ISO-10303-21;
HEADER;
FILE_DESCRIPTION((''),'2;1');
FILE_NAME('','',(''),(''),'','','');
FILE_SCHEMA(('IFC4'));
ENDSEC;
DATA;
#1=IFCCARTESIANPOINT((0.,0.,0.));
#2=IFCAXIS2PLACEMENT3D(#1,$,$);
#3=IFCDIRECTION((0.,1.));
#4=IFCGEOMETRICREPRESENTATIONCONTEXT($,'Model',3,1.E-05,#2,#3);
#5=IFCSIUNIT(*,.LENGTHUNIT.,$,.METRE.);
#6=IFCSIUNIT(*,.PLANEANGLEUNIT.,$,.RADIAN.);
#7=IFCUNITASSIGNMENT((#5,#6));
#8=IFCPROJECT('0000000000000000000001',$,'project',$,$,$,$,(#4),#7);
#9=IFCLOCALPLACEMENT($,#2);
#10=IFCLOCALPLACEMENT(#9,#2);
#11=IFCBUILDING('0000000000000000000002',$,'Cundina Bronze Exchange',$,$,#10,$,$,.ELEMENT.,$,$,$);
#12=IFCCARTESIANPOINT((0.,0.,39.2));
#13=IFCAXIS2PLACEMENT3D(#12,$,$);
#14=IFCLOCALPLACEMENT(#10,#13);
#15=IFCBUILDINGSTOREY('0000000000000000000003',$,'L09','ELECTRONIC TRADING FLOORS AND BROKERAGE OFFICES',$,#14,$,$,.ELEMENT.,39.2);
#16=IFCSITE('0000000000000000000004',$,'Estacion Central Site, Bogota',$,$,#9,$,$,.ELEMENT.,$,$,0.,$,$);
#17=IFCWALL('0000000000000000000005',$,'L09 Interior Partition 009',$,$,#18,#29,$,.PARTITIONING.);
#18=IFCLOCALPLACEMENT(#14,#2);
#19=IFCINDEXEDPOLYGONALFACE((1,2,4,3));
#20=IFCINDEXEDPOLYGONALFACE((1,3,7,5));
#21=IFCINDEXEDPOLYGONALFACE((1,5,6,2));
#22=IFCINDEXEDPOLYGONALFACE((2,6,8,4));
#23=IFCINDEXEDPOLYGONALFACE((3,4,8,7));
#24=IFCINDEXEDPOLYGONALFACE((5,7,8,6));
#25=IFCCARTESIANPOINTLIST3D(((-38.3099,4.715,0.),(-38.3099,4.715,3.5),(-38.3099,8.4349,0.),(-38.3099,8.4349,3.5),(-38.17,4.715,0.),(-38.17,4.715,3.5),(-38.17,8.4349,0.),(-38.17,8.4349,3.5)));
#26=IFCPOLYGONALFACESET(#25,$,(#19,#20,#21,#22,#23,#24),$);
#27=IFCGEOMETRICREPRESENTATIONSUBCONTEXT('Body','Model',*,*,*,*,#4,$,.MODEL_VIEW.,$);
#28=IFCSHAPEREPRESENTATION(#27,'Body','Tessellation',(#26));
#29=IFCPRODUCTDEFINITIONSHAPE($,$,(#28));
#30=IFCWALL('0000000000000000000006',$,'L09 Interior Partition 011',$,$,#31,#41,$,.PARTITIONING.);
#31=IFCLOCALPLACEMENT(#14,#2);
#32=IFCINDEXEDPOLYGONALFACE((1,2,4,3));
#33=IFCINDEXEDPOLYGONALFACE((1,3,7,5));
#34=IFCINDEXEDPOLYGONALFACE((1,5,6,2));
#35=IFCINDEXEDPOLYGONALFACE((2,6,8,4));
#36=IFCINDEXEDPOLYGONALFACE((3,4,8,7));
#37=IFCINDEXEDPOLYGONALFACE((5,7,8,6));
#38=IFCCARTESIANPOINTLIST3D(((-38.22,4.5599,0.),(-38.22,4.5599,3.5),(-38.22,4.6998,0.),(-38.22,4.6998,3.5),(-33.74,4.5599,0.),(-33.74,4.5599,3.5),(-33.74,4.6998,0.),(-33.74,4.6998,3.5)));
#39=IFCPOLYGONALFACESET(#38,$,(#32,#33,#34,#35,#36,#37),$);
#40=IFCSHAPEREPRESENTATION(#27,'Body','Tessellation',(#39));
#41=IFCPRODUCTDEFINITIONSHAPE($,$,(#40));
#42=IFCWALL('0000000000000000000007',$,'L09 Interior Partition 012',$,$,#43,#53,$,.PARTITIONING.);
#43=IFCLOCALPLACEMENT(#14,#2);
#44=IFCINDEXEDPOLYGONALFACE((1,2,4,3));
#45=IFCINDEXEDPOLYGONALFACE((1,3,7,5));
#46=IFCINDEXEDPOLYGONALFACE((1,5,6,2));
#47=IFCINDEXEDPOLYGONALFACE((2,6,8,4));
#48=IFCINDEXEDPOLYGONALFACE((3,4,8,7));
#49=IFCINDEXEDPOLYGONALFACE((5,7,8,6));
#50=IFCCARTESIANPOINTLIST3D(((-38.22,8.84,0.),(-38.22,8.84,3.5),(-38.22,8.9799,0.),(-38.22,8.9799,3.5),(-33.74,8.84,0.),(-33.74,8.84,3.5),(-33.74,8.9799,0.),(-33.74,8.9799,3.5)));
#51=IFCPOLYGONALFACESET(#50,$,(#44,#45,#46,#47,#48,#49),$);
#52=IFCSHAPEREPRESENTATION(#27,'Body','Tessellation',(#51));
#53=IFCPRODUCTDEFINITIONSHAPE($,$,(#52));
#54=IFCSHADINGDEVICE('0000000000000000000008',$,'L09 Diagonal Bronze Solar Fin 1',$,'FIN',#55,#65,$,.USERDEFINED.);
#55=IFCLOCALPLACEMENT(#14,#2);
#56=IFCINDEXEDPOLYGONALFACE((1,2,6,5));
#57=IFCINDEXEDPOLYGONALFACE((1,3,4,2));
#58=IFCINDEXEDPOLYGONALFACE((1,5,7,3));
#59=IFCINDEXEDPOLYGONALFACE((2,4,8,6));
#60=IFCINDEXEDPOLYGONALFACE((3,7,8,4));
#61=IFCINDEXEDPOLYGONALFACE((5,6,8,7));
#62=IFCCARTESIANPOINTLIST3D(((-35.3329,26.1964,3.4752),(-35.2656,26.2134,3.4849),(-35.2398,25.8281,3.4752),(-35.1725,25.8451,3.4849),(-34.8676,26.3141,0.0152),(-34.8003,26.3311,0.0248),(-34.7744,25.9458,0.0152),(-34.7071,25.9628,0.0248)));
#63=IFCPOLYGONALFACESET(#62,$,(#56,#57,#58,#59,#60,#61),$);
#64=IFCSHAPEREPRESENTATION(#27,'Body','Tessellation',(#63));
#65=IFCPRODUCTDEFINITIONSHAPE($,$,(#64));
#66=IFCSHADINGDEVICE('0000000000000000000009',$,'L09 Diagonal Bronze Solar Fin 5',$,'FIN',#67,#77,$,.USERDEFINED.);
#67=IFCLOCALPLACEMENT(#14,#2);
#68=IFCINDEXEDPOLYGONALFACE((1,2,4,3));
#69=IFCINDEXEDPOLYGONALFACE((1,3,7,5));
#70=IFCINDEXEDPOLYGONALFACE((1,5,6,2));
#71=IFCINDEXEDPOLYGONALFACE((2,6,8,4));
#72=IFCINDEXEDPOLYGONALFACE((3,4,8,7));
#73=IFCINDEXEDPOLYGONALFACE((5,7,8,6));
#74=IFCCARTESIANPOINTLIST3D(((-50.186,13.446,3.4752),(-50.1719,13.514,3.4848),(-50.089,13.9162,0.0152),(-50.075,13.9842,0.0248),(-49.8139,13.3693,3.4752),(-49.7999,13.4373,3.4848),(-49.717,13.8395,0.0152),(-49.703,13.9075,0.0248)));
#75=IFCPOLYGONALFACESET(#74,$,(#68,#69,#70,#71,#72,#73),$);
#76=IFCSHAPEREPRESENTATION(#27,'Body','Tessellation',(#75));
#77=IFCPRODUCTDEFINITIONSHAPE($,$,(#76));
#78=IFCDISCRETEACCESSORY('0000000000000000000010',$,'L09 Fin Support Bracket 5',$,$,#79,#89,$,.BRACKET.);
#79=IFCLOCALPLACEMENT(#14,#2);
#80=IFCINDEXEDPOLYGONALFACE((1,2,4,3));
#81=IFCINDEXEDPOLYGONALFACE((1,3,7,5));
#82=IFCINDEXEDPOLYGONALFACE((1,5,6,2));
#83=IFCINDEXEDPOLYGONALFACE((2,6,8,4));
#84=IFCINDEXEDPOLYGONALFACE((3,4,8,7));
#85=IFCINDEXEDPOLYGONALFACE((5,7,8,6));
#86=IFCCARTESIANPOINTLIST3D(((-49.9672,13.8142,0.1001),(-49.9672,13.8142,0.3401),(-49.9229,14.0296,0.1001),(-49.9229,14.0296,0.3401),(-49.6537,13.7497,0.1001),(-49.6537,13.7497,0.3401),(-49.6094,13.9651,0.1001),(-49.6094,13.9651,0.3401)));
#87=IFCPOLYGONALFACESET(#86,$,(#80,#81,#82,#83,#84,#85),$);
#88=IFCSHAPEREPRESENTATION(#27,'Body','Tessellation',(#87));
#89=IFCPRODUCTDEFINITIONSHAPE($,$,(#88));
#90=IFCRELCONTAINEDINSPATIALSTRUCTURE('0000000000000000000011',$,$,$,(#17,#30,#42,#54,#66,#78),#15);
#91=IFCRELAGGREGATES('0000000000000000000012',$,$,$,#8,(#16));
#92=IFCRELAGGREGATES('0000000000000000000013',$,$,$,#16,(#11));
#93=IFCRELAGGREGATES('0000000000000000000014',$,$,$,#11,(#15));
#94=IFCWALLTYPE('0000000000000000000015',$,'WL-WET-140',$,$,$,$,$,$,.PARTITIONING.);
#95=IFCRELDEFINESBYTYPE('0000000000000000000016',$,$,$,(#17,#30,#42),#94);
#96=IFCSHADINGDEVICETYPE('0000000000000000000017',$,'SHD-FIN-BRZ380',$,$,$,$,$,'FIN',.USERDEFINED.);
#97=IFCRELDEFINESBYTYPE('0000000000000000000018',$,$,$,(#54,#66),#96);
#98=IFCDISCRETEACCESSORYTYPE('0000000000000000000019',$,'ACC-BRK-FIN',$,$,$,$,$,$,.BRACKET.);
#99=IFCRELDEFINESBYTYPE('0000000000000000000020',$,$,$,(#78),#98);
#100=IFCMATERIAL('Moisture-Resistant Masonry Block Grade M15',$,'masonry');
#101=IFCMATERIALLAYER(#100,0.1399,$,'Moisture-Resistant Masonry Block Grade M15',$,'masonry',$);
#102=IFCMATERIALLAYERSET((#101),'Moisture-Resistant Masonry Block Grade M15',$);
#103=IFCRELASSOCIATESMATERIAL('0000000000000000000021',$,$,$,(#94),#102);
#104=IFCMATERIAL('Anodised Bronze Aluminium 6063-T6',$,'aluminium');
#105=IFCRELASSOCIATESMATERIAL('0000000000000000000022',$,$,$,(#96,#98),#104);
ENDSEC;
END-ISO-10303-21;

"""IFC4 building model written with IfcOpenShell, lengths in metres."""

from ifc_helpers import new_model, si_unit, direction, frame, frame_2d, origin, origin_2d, place, context, subcontext, project, spatial, rectangle, extrude, material, layer, layer_set, material_profile, profile_set, type_object, element, save


model = new_model("IFC4")

# Units and contexts
model_context = context("Model", 3, precision=1e-05, world=origin(), true_north=direction((0.0, 1.0)))
body_context = subcontext(model_context, "Body", "Model", "MODEL_VIEW")
ifc_project = project(units=[si_unit("LENGTHUNIT", "METRE"), si_unit("PLANEANGLEUNIT", "RADIAN")], contexts=[model_context])

# Site, building, storey
site_placement = place(None, origin())
site = spatial("IfcSite", under=ifc_project, at=site_placement, Name="Estacion Central Site, Bogota", CompositionType="ELEMENT", RefElevation=0.0)
building_placement = place(site_placement, origin())
building = spatial("IfcBuilding", under=site, at=building_placement, Name="Cundina Bronze Exchange", CompositionType="ELEMENT")
storey_placement = place(building_placement, frame((0.0, 0.0, 39.2)))
storey = spatial("IfcBuildingStorey", under=building, at=storey_placement, Name="L09", Description="ELECTRONIC TRADING FLOORS AND BROKERAGE OFFICES", CompositionType="ELEMENT", Elevation=39.2)

# Shared definitions
ifc_material_1 = material(Name="Anodised Bronze Aluminium 6063-T6", Category="aluminium")

# Walls
ifc_material_2 = material(Name="Moisture-Resistant Masonry Block Grade M15", Category="masonry")
ifc_layer_1 = layer(ifc_material_2, 0.1399, Name="Moisture-Resistant Masonry Block Grade M15", Category="masonry")
ifc_layer_set_1 = layer_set([ifc_layer_1], Name="Moisture-Resistant Masonry Block Grade M15")
wall_type_1 = type_object("IfcWallType", Name="WL-WET-140", PredefinedType="PARTITIONING", material=ifc_layer_set_1)
wall_1_placement = place(storey_placement, frame((-38.24, 4.7151, 0.0), z_axis=(0.0, 0.0, 1.0), x_axis=(0.0, 1.0, 0.0)))
element("IfcWall", 1, at=wall_1_placement, inside=storey, type_object=wall_type_1, Name="L09 Interior Partition 009", PredefinedType="PARTITIONING", context=body_context, shape_type="SweptSolid", body=[
    extrude(rectangle(XDim=3.72, YDim=0.1399, at=frame_2d((1.8599, 0.0))), origin(), (0.0, 0.0, 1.0), 3.5),
])
for number, where, z_axis, x_axis, name in (
    (2, (-38.22, 4.6299, 0.0), (0.0, 0.0, 1.0), (1.0, 0.0, 0.0), "L09 Interior Partition 011"),
    (3, (-38.22, 8.9099, 0.0), (0.0, 0.0, 1.0), (1.0, 0.0, 0.0), "L09 Interior Partition 012"),
):
    element("IfcWall", number, at=place(storey_placement, frame(where, z_axis=z_axis, x_axis=x_axis)), inside=storey, type_object=wall_type_1, Name=name, PredefinedType="PARTITIONING", context=body_context, shape_type="SweptSolid", body=[
        extrude(rectangle(XDim=4.48, YDim=0.1399, at=frame_2d((2.24, 0.0))), origin(), (0.0, 0.0, 1.0), 3.5),
    ])

# Shading devices
ifc_material_profile_1 = material_profile(ifc_material_1, rectangle(XDim=0.0701, YDim=0.3799, at=origin_2d()), Name="FIN70X380", Category="aluminium")
ifc_profile_set_1 = profile_set([ifc_material_profile_1], Name="Anodised Bronze Aluminium 6063-T6")
shading_device_type = type_object("IfcShadingDeviceType", Name="SHD-FIN-BRZ380", ElementType="FIN", PredefinedType="USERDEFINED", material=ifc_profile_set_1)
for number, where, z_axis, x_axis, name in (
    (4, (-34.7874, 26.1384, 0.02), (-0.133215, -0.033688, 0.990514), (0.960285, 0.242842, 0.137408), "L09 Diagonal Bronze Solar Fin 1"),
    (5, (-49.896, 13.9119, 0.02), (-0.027747, -0.134612, 0.99051), (0.199967, 0.970115, 0.137442), "L09 Diagonal Bronze Solar Fin 5"),
):
    element("IfcShadingDevice", number, at=place(storey_placement, frame(where, z_axis=z_axis, x_axis=x_axis)), inside=storey, type_object=shading_device_type, Name=name, ObjectType="FIN", PredefinedType="USERDEFINED", context=body_context, shape_type="SweptSolid", body=[
        extrude(rectangle(XDim=0.0701, YDim=0.3799, at=origin_2d()), origin(), (0.0, 0.0, 1.0), 3.4932),
    ])

# Discrete accessory
discrete_accessory_type = type_object("IfcDiscreteAccessoryType", Name="ACC-BRK-FIN", PredefinedType="BRACKET", material=ifc_material_1)
discrete_accessory_placement = place(storey_placement, frame((-49.7883, 13.8896, 0.1001), z_axis=(0.0, 0.0, 1.0), x_axis=(-0.20142, -0.979505, 0.0)))
element("IfcDiscreteAccessory", 6, at=discrete_accessory_placement, inside=storey, type_object=discrete_accessory_type, Name="L09 Fin Support Bracket 5", PredefinedType="BRACKET", context=body_context, shape_type="SweptSolid", body=[
    extrude(rectangle(XDim=0.22, YDim=0.3201, at=origin_2d()), origin(), (0.0, 0.0, 1.0), 0.24),
])

save(model, "model.ifc")
